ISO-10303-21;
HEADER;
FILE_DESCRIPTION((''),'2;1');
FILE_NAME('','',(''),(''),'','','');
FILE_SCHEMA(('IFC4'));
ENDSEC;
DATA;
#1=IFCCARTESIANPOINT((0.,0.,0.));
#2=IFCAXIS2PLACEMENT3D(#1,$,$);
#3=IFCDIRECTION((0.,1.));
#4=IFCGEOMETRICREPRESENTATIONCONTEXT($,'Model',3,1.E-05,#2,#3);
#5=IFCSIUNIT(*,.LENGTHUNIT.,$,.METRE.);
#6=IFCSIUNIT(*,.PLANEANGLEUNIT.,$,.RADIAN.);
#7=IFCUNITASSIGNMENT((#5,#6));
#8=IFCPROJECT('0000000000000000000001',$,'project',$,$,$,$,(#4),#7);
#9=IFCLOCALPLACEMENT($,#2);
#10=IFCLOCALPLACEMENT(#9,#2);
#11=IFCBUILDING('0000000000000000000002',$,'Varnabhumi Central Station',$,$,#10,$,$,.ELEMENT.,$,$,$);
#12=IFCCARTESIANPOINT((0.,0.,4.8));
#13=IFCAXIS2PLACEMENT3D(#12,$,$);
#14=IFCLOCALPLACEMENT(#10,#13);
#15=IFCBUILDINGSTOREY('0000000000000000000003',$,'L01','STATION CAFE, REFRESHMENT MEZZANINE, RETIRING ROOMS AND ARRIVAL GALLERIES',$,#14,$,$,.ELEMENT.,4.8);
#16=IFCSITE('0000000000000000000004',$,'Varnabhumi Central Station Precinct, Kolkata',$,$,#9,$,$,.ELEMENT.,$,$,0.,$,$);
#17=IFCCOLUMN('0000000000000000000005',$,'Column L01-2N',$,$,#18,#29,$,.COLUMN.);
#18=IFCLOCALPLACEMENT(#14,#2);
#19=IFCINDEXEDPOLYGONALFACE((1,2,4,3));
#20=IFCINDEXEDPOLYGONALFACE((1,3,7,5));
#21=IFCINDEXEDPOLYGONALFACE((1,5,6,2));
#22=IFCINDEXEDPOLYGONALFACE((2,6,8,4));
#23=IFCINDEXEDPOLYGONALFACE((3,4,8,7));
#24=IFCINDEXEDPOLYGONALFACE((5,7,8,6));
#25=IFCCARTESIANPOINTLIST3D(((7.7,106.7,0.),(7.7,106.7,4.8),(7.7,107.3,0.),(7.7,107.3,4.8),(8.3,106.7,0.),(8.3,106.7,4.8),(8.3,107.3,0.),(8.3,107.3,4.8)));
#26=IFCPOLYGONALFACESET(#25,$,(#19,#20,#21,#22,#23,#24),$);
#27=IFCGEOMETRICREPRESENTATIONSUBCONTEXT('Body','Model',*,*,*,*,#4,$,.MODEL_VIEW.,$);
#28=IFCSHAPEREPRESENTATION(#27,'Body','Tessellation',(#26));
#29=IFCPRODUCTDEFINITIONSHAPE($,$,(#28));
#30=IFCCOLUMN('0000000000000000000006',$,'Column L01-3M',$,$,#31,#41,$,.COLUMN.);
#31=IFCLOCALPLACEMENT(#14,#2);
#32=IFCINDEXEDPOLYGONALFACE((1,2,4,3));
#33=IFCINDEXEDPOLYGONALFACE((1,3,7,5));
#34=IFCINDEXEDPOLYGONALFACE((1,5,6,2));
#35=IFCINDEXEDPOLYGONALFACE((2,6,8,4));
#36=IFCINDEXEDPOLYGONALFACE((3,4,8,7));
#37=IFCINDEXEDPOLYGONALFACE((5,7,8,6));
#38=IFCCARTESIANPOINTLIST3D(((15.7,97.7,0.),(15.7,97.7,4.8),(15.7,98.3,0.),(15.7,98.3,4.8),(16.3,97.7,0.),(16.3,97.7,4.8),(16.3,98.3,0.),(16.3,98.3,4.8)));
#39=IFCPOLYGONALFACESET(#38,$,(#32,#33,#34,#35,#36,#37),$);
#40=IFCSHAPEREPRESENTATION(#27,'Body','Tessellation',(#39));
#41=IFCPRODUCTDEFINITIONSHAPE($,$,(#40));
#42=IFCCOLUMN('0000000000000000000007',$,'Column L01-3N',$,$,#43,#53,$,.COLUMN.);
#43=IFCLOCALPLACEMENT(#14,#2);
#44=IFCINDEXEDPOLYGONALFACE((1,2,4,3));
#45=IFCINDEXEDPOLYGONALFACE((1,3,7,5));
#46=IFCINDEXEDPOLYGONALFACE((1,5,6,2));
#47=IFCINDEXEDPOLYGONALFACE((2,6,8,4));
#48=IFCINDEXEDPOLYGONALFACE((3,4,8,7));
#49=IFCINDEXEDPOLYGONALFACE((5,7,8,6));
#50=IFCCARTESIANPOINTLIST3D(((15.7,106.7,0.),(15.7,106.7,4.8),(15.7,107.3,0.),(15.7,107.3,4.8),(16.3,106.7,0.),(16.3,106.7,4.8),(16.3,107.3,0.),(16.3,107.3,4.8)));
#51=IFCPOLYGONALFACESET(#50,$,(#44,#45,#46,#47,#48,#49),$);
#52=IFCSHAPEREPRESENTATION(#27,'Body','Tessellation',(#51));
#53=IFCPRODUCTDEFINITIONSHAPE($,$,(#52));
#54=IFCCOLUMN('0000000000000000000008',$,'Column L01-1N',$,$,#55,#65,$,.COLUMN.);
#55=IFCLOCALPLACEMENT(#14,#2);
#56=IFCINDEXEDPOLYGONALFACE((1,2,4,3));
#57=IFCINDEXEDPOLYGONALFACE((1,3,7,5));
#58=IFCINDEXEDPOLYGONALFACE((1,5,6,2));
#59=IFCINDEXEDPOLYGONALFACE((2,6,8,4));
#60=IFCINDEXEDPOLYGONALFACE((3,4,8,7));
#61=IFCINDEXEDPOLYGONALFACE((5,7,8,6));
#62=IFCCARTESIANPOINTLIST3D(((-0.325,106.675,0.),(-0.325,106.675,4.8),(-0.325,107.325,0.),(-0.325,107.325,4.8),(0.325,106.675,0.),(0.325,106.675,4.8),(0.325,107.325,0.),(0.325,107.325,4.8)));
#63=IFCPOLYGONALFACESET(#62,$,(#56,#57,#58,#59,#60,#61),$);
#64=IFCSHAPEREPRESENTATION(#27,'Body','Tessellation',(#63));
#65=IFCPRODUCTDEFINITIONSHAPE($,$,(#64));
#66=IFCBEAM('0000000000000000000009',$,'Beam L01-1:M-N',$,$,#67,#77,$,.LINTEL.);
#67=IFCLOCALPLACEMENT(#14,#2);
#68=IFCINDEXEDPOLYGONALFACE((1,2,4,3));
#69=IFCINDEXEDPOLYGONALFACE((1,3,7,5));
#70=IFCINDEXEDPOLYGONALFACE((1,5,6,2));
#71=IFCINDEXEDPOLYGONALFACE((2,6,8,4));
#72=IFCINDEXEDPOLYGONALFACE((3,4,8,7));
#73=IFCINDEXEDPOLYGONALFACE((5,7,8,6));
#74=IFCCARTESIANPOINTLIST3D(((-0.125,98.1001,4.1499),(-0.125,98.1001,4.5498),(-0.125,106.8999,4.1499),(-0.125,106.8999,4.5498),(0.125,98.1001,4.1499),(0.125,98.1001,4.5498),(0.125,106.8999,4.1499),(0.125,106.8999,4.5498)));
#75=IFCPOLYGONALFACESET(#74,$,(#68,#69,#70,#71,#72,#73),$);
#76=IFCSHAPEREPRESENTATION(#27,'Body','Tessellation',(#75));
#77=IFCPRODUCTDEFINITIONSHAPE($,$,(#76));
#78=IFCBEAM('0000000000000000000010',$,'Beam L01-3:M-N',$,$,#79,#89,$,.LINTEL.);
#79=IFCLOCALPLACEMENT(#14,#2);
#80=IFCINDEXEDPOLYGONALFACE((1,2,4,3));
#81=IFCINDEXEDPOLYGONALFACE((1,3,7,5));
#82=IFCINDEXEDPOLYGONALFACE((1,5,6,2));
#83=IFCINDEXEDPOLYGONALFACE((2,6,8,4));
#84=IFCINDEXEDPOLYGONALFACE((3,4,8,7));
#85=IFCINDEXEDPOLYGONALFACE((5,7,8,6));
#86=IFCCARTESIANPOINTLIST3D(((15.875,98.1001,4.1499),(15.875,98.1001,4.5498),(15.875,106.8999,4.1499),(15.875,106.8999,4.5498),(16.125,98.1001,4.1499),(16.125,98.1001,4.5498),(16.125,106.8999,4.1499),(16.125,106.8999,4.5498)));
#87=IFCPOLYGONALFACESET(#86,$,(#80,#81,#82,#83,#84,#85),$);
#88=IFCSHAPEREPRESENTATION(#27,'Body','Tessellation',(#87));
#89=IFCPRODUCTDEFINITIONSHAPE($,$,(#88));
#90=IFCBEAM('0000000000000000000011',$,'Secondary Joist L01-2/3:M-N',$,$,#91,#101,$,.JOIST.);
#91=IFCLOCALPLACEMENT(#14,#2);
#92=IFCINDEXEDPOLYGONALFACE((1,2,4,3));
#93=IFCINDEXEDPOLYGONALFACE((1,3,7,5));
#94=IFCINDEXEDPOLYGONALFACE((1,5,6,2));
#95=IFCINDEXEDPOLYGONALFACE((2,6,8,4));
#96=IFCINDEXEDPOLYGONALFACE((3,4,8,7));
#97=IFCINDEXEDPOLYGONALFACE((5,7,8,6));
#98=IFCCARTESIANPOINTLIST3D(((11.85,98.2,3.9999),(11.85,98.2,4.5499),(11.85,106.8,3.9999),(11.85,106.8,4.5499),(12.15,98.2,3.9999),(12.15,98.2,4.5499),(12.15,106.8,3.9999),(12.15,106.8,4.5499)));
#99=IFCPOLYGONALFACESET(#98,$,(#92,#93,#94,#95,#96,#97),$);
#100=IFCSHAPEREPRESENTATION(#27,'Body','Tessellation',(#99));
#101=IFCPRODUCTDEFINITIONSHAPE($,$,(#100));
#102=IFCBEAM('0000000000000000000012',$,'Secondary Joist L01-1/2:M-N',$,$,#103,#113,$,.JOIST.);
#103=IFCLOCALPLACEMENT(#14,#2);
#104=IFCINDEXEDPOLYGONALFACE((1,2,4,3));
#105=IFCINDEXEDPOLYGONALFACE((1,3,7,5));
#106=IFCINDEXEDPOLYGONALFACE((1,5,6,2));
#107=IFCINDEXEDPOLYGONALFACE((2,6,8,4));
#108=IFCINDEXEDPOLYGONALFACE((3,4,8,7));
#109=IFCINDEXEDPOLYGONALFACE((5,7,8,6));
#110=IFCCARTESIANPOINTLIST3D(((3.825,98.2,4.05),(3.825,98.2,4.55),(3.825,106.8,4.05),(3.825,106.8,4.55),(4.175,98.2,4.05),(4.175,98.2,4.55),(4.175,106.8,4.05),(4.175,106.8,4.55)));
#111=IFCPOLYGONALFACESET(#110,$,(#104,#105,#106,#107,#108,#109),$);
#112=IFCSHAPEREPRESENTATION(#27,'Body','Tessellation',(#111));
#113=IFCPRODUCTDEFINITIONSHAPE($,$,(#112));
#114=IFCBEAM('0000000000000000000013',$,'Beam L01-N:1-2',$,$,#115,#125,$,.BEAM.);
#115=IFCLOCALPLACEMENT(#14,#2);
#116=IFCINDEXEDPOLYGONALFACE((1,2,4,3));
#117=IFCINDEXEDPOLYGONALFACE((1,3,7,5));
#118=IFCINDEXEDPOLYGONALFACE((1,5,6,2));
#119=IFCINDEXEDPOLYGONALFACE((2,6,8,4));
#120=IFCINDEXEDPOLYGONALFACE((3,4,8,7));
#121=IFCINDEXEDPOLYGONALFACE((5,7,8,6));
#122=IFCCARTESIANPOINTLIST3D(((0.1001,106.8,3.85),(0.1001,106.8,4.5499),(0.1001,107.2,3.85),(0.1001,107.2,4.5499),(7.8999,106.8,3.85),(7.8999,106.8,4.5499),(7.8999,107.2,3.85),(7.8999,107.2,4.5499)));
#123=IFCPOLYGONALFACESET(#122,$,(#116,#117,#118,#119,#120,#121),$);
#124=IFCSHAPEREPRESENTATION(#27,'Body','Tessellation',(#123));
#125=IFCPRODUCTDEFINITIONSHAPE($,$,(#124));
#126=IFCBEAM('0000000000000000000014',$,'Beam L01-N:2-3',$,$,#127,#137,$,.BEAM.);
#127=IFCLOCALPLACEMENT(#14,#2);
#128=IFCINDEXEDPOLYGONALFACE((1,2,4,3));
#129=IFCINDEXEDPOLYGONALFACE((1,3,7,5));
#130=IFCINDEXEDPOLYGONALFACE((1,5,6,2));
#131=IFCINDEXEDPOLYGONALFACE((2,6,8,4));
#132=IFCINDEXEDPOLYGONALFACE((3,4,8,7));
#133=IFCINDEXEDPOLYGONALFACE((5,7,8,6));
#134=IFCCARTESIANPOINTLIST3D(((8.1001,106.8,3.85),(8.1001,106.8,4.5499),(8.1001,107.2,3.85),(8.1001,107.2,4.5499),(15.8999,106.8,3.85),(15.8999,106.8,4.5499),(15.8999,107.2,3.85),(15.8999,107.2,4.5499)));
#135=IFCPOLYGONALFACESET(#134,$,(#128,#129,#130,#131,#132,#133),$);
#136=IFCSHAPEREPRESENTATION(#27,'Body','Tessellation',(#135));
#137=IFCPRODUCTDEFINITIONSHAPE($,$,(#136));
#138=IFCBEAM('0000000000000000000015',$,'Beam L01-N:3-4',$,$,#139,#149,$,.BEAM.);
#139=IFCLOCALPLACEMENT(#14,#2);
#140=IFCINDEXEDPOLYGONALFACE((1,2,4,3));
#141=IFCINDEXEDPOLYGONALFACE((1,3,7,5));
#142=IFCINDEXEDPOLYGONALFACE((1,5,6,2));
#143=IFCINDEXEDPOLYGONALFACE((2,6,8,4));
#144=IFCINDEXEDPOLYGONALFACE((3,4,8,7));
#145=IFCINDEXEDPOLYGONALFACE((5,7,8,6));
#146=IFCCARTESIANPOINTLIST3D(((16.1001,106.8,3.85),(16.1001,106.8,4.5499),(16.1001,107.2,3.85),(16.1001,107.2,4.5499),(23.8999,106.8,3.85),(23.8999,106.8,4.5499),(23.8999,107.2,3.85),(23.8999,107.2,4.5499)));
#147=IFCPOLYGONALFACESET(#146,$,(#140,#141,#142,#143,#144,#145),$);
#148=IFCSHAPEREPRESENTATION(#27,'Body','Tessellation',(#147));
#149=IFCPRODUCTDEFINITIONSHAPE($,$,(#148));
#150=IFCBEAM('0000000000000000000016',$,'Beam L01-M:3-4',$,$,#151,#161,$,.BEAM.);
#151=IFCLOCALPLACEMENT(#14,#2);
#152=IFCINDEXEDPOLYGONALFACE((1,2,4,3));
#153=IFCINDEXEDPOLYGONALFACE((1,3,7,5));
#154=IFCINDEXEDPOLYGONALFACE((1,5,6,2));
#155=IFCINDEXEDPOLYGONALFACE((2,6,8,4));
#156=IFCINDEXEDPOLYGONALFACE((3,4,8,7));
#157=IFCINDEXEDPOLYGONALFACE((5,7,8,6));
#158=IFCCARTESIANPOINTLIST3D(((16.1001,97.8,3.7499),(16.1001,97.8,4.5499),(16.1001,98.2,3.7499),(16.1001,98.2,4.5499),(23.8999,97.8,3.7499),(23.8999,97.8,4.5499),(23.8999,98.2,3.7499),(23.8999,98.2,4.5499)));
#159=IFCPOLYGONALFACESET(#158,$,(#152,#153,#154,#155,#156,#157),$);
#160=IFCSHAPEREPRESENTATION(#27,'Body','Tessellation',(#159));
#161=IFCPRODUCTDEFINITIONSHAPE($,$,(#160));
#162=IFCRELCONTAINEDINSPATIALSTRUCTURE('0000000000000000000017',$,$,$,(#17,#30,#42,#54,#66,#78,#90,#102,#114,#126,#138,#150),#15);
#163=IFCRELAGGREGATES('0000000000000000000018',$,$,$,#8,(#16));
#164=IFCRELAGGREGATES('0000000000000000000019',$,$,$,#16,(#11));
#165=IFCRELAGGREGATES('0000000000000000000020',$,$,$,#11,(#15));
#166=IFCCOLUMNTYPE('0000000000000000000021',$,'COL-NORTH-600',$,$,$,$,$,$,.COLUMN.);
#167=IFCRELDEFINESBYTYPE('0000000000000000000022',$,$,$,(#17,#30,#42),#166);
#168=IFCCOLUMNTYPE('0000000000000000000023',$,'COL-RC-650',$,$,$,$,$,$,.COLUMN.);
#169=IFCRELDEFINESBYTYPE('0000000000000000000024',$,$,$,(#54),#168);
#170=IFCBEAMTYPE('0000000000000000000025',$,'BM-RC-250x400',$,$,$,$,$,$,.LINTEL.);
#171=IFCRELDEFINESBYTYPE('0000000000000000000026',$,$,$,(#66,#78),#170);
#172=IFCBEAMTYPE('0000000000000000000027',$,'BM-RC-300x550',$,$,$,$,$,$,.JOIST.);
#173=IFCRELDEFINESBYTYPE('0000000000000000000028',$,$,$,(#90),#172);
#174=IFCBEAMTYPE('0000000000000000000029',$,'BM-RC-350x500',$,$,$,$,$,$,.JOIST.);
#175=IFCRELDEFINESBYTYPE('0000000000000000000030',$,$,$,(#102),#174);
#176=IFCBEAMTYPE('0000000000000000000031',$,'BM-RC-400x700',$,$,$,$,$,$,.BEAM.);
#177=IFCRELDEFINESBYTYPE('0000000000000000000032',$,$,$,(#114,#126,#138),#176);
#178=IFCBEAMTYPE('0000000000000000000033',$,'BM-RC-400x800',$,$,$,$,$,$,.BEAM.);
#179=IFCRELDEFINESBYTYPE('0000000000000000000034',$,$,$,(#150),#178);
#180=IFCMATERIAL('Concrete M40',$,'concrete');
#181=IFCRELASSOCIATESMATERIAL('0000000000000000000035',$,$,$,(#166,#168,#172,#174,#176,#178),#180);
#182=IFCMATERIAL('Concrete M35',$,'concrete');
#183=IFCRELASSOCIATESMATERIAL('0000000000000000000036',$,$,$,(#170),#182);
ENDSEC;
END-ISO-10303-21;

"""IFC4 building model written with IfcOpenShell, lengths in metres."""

from ifc_helpers import new_model, si_unit, direction, frame, origin, origin_2d, place, context, subcontext, project, spatial, rectangle, extrude, material, material_profile, profile_set, type_object, element, save


model = new_model("IFC4")

# Units and contexts
model_context = context("Model", 3, precision=1e-05, world=origin(), true_north=direction((0.0, 1.0)))
body_context = subcontext(model_context, "Body", "Model", "MODEL_VIEW")
ifc_project = project(units=[si_unit("LENGTHUNIT", "METRE"), si_unit("PLANEANGLEUNIT", "RADIAN")], contexts=[model_context])

# Site, building, storey
site_placement = place(None, origin())
site = spatial("IfcSite", under=ifc_project, at=site_placement, Name="Varnabhumi Central Station Precinct, Kolkata", CompositionType="ELEMENT", RefElevation=0.0)
building_placement = place(site_placement, origin())
building = spatial("IfcBuilding", under=site, at=building_placement, Name="Varnabhumi Central Station", CompositionType="ELEMENT")
storey_placement = place(building_placement, frame((0.0, 0.0, 4.8)))
storey = spatial("IfcBuildingStorey", under=building, at=storey_placement, Name="L01", Description="STATION CAFE, REFRESHMENT MEZZANINE, RETIRING ROOMS AND ARRIVAL GALLERIES", CompositionType="ELEMENT", Elevation=4.8)

# Columns
ifc_material_1 = material(Name="Concrete M40", Category="concrete")
ifc_material_profile_1 = material_profile(ifc_material_1, rectangle(XDim=0.6001, YDim=0.6001, at=origin_2d()), Name="Concrete M40", Category="concrete")
ifc_profile_set_1 = profile_set([ifc_material_profile_1], Name="Concrete M40")
column_type_1 = type_object("IfcColumnType", Name="COL-NORTH-600", PredefinedType="COLUMN", material=ifc_profile_set_1)
for number, where, z_axis, x_axis, name in (
    (1, (8.0, 107.0, 0.0), (0.0, 0.0, 1.0), (1.0, 0.0, 0.0), "Column L01-2N"),
    (2, (16.0, 98.0, 0.0), (0.0, 0.0, 1.0), (1.0, 0.0, 0.0), "Column L01-3M"),
    (3, (16.0, 107.0, 0.0), (0.0, 0.0, 1.0), (1.0, 0.0, 0.0), "Column L01-3N"),
):
    element("IfcColumn", number, at=place(storey_placement, frame(where, z_axis=z_axis, x_axis=x_axis)), inside=storey, type_object=column_type_1, Name=name, PredefinedType="COLUMN", context=body_context, shape_type="SweptSolid", body=[
        extrude(rectangle(XDim=0.6001, YDim=0.6001, at=origin_2d()), origin(), (0.0, 0.0, 1.0), 4.8),
    ])
ifc_material_profile_2 = material_profile(ifc_material_1, rectangle(XDim=0.6499, YDim=0.6499, at=origin_2d()), Name="Concrete M40", Category="concrete")
ifc_profile_set_2 = profile_set([ifc_material_profile_2], Name="Concrete M40")
column_type_2 = type_object("IfcColumnType", Name="COL-RC-650", PredefinedType="COLUMN", material=ifc_profile_set_2)
column_placement = place(storey_placement, frame((0.0, 107.0, 0.0), z_axis=(0.0, 0.0, 1.0), x_axis=(1.0, 0.0, 0.0)))
element("IfcColumn", 4, at=column_placement, inside=storey, type_object=column_type_2, Name="Column L01-1N", PredefinedType="COLUMN", context=body_context, shape_type="SweptSolid", body=[
    extrude(rectangle(XDim=0.6499, YDim=0.6499, at=origin_2d()), origin(), (0.0, 0.0, 1.0), 4.8),
])

# Beams
ifc_material_2 = material(Name="Concrete M35", Category="concrete")
ifc_material_profile_3 = material_profile(ifc_material_2, rectangle(XDim=0.25, YDim=0.3999, at=origin_2d()), Name="Concrete M35", Category="concrete")
ifc_profile_set_3 = profile_set([ifc_material_profile_3], Name="Concrete M35")
beam_type_1 = type_object("IfcBeamType", Name="BM-RC-250x400", PredefinedType="LINTEL", material=ifc_profile_set_3)
for number, where, z_axis, x_axis, name in (
    (5, (0.0, 98.1001, 4.3499), (0.0, 1.0, 0.0), (-1.0, 0.0, 0.0), "Beam L01-1:M-N"),
    (6, (16.0, 98.1001, 4.3499), (0.0, 1.0, 0.0), (-1.0, 0.0, 0.0), "Beam L01-3:M-N"),
):
    element("IfcBeam", number, at=place(storey_placement, frame(where, z_axis=z_axis, x_axis=x_axis)), inside=storey, type_object=beam_type_1, Name=name, PredefinedType="LINTEL", context=body_context, shape_type="SweptSolid", body=[
        extrude(rectangle(XDim=0.25, YDim=0.3999, at=origin_2d()), origin(), (0.0, 0.0, 1.0), 8.7998),
    ])
ifc_material_profile_4 = material_profile(ifc_material_1, rectangle(XDim=0.3, YDim=0.55, at=origin_2d()), Name="Concrete M40", Category="concrete")
ifc_profile_set_4 = profile_set([ifc_material_profile_4], Name="Concrete M40")
beam_type_2 = type_object("IfcBeamType", Name="BM-RC-300x550", PredefinedType="JOIST", material=ifc_profile_set_4)
beam_1_placement = place(storey_placement, frame((12.0, 98.2, 4.2749), z_axis=(0.0, 1.0, 0.0), x_axis=(-1.0, 0.0, 0.0)))
element("IfcBeam", 7, at=beam_1_placement, inside=storey, type_object=beam_type_2, Name="Secondary Joist L01-2/3:M-N", PredefinedType="JOIST", context=body_context, shape_type="SweptSolid", body=[
    extrude(rectangle(XDim=0.3, YDim=0.55, at=origin_2d()), origin(), (0.0, 0.0, 1.0), 8.6001),
])
ifc_material_profile_5 = material_profile(ifc_material_1, rectangle(XDim=0.3501, YDim=0.5, at=origin_2d()), Name="Concrete M40", Category="concrete")
ifc_profile_set_5 = profile_set([ifc_material_profile_5], Name="Concrete M40")
beam_type_3 = type_object("IfcBeamType", Name="BM-RC-350x500", PredefinedType="JOIST", material=ifc_profile_set_5)
beam_2_placement = place(storey_placement, frame((4.0, 98.2, 4.3), z_axis=(0.0, 1.0, 0.0), x_axis=(-1.0, 0.0, 0.0)))
element("IfcBeam", 8, at=beam_2_placement, inside=storey, type_object=beam_type_3, Name="Secondary Joist L01-1/2:M-N", PredefinedType="JOIST", context=body_context, shape_type="SweptSolid", body=[
    extrude(rectangle(XDim=0.3501, YDim=0.5, at=origin_2d()), origin(), (0.0, 0.0, 1.0), 8.6001),
])
ifc_material_profile_6 = material_profile(ifc_material_1, rectangle(XDim=0.3999, YDim=0.7, at=origin_2d()), Name="Concrete M40", Category="concrete")
ifc_profile_set_6 = profile_set([ifc_material_profile_6], Name="Concrete M40")
beam_type_4 = type_object("IfcBeamType", Name="BM-RC-400x700", PredefinedType="BEAM", material=ifc_profile_set_6)
for number, where, z_axis, x_axis, name in (
    (9, (0.1001, 107.0, 4.2), (1.0, 0.0, 0.0), (0.0, 1.0, 0.0), "Beam L01-N:1-2"),
    (10, (8.1001, 107.0, 4.2), (1.0, 0.0, 0.0), (0.0, 1.0, 0.0), "Beam L01-N:2-3"),
    (11, (16.1001, 107.0, 4.2), (1.0, 0.0, 0.0), (0.0, 1.0, 0.0), "Beam L01-N:3-4"),
):
    element("IfcBeam", number, at=place(storey_placement, frame(where, z_axis=z_axis, x_axis=x_axis)), inside=storey, type_object=beam_type_4, Name=name, PredefinedType="BEAM", context=body_context, shape_type="SweptSolid", body=[
        extrude(rectangle(XDim=0.3999, YDim=0.7, at=origin_2d()), origin(), (0.0, 0.0, 1.0), 7.7998),
    ])
ifc_material_profile_7 = material_profile(ifc_material_1, rectangle(XDim=0.3999, YDim=0.8, at=origin_2d()), Name="Concrete M40", Category="concrete")
ifc_profile_set_7 = profile_set([ifc_material_profile_7], Name="Concrete M40")
beam_type_5 = type_object("IfcBeamType", Name="BM-RC-400x800", PredefinedType="BEAM", material=ifc_profile_set_7)
beam_3_placement = place(storey_placement, frame((16.1001, 98.0, 4.1499), z_axis=(1.0, 0.0, 0.0), x_axis=(0.0, 1.0, 0.0)))
element("IfcBeam", 12, at=beam_3_placement, inside=storey, type_object=beam_type_5, Name="Beam L01-M:3-4", PredefinedType="BEAM", context=body_context, shape_type="SweptSolid", body=[
    extrude(rectangle(XDim=0.3999, YDim=0.8, at=origin_2d()), origin(), (0.0, 0.0, 1.0), 7.7998),
])

save(model, "model.ifc")
